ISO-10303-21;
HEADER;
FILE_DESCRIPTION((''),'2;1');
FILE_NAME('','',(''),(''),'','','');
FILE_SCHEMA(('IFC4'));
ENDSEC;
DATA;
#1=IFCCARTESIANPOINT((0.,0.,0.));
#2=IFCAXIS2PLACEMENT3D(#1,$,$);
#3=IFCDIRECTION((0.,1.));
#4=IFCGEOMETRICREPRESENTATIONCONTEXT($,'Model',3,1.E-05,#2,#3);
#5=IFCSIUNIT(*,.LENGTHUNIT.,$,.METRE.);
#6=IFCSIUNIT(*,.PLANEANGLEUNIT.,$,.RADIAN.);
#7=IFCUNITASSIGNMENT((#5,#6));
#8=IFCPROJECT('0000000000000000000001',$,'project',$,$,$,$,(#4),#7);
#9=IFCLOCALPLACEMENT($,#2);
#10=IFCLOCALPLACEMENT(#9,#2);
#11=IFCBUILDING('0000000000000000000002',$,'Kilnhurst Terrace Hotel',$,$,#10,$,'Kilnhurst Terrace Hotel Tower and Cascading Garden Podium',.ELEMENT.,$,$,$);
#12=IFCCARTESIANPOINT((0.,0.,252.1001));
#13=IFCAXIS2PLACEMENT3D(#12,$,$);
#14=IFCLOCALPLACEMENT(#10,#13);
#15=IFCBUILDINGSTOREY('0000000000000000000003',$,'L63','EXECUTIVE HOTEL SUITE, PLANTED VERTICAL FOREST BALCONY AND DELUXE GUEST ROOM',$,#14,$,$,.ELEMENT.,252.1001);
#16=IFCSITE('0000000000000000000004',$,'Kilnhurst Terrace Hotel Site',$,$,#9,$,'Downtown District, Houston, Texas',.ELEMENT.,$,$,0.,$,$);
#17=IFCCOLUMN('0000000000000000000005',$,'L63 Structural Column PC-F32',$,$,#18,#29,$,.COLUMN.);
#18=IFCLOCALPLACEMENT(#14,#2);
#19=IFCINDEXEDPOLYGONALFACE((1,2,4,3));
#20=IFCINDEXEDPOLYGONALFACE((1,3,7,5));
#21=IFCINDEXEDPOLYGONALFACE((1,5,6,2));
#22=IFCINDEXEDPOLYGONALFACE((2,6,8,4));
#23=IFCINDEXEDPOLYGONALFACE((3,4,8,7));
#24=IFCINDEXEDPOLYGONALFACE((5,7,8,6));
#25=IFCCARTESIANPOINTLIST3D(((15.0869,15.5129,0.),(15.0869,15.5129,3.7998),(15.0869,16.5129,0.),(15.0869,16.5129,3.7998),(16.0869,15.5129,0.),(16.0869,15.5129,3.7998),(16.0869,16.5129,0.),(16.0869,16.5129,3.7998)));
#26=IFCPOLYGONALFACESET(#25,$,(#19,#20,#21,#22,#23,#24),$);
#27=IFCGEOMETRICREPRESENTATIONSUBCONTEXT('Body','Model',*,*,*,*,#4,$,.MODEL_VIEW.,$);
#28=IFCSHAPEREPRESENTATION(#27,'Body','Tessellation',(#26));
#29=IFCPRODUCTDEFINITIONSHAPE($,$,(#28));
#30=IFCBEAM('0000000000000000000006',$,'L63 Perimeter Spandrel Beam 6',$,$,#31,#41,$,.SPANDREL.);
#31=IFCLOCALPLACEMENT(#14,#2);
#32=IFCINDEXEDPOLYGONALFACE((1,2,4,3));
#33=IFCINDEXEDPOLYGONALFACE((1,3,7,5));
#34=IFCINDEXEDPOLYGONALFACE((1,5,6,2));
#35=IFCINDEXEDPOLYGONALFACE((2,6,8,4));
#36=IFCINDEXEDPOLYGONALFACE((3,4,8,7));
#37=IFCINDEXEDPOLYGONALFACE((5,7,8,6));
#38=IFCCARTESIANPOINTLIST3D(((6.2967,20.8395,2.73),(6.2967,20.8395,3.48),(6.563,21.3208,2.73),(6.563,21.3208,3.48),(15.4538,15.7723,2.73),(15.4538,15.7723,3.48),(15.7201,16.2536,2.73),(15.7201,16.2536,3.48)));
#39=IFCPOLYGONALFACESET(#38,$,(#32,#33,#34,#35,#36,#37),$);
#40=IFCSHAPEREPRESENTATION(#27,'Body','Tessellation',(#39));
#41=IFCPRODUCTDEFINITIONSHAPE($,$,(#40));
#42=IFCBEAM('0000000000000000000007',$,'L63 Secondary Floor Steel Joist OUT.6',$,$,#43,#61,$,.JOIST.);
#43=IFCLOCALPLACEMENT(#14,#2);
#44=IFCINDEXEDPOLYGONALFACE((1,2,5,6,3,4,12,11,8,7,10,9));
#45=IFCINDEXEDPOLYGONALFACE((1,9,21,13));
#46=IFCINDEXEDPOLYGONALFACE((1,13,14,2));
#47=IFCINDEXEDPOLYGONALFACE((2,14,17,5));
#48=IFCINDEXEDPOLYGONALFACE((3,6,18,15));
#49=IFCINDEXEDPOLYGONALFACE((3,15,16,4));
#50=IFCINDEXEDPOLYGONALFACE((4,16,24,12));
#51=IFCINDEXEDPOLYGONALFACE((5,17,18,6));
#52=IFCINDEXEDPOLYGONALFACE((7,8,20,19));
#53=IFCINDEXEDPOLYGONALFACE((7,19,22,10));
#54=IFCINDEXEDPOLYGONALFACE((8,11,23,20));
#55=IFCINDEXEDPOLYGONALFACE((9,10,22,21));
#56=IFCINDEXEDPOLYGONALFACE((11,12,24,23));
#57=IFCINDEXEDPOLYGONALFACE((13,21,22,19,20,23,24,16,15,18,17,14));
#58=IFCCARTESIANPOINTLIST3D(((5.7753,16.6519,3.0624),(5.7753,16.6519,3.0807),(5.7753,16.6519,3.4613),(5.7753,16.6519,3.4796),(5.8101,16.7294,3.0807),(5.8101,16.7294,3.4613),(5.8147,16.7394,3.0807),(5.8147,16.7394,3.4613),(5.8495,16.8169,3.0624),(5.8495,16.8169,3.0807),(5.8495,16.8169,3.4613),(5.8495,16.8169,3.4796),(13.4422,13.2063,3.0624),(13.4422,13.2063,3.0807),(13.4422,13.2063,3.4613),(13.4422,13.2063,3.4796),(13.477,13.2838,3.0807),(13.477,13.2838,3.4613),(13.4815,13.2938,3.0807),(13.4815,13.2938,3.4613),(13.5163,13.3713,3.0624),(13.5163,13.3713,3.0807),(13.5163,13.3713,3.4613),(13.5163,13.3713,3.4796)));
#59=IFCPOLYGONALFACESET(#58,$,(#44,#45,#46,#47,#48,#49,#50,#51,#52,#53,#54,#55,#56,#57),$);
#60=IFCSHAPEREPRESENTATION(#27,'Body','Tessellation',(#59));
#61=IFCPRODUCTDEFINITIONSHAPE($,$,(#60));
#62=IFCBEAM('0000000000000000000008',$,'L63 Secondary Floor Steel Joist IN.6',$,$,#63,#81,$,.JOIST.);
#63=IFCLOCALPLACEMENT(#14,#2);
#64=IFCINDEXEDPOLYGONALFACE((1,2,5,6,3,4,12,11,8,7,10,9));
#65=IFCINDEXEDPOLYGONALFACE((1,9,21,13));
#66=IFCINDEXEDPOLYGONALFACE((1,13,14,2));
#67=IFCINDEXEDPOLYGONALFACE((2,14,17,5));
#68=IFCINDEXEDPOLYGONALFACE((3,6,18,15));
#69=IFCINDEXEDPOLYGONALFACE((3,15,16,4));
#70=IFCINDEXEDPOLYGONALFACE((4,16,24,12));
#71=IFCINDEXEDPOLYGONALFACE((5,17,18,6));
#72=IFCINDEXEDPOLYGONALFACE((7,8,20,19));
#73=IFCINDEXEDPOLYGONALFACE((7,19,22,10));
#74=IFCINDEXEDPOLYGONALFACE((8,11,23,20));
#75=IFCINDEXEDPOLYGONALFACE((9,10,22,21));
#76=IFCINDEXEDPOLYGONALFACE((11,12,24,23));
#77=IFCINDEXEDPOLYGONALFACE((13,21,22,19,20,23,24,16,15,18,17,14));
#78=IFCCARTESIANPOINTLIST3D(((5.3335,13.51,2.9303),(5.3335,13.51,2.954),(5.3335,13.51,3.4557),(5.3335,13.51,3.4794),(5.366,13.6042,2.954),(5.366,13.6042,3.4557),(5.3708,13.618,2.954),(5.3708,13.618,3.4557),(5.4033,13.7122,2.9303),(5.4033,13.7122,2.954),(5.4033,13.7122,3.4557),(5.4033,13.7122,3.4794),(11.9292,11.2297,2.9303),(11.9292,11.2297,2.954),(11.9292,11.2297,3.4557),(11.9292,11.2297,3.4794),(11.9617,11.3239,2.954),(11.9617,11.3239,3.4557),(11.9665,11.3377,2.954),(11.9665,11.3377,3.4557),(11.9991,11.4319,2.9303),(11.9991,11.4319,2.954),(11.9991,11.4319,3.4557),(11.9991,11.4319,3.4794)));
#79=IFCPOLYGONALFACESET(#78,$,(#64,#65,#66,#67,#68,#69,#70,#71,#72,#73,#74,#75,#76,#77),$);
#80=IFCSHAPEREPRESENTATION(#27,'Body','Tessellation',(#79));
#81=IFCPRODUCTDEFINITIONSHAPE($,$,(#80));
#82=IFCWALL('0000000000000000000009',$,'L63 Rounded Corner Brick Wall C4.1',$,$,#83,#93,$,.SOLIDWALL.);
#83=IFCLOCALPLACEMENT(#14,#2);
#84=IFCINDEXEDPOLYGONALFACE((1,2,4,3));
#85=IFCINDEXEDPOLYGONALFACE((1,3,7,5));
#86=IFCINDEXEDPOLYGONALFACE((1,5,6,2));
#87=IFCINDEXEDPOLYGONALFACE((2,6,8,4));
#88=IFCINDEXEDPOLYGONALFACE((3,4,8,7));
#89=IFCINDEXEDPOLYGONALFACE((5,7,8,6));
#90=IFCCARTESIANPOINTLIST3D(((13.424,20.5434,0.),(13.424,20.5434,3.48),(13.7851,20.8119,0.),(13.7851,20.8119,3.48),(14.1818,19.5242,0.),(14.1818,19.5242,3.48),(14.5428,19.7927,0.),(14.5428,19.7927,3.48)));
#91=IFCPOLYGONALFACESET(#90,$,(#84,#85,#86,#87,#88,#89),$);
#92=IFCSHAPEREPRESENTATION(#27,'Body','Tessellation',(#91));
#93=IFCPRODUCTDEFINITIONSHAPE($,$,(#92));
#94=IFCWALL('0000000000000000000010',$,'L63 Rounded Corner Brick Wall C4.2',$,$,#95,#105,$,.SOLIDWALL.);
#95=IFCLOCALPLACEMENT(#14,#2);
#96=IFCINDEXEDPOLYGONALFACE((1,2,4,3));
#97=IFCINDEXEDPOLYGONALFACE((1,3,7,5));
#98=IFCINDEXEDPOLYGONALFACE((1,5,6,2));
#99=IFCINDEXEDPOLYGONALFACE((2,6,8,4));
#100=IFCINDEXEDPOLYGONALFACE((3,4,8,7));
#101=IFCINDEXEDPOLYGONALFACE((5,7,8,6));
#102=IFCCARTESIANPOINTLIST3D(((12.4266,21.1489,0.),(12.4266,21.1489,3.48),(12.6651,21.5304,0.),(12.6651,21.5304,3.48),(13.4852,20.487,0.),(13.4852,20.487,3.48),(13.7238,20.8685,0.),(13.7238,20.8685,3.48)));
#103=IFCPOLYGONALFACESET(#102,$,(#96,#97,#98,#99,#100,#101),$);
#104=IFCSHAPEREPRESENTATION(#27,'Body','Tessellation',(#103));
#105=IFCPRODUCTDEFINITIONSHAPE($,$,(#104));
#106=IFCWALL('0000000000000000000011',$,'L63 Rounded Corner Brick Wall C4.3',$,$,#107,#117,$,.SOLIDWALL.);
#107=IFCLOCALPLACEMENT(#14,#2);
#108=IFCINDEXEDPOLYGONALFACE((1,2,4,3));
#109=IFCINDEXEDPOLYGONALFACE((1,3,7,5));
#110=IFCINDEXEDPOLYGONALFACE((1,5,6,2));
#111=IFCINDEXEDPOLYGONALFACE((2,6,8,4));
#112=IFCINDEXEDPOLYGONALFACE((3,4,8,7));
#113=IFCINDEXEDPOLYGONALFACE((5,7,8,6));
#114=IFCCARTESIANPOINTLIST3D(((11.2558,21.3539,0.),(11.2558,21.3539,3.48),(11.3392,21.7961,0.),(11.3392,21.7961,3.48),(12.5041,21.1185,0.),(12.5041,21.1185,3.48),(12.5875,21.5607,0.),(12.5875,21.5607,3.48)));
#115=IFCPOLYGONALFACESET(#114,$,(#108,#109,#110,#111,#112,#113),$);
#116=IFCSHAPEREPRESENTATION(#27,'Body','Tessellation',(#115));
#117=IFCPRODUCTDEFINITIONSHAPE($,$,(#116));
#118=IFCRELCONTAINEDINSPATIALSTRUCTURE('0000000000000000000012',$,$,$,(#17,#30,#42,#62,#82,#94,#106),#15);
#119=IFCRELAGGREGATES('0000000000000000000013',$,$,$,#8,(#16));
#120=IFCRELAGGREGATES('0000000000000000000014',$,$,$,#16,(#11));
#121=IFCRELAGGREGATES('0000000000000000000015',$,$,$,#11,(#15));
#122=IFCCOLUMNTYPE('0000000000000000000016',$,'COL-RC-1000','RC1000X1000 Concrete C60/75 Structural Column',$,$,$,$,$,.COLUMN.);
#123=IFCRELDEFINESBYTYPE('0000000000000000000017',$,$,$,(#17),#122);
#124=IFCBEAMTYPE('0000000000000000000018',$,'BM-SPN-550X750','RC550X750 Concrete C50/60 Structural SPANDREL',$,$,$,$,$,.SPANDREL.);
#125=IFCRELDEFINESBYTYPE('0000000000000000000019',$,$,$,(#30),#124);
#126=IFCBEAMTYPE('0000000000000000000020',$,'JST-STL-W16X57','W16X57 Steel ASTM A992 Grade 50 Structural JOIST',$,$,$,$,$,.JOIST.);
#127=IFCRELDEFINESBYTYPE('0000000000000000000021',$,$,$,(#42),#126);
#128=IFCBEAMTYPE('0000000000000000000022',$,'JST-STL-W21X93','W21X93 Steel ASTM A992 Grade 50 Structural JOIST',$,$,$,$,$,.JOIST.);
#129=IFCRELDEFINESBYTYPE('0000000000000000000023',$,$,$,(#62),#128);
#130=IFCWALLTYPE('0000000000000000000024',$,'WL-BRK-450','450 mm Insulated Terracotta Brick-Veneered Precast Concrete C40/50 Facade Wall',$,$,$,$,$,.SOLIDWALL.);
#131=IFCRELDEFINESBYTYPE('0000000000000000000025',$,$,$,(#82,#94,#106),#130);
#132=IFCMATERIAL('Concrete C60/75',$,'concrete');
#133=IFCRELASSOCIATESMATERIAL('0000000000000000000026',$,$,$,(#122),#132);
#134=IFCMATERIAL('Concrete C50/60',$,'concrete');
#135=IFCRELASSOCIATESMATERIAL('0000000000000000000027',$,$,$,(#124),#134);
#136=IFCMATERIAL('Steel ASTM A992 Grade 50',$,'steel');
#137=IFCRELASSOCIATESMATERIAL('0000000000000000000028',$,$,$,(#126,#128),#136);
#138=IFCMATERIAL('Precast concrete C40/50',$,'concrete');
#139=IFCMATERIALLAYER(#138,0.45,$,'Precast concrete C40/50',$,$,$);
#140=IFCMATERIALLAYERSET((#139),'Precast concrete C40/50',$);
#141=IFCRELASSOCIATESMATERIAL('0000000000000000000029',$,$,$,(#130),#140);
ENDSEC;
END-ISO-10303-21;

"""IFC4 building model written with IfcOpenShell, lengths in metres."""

from ifc_helpers import new_model, si_unit, direction, frame, frame_2d, origin, origin_2d, place, context, subcontext, project, spatial, rectangle, i_section, extrude, material, layer, layer_set, material_profile, profile_set, type_object, element, save


model = new_model("IFC4")

# Units and contexts
model_context = context("Model", 3, precision=1e-05, world=origin(), true_north=direction((0.0, 1.0)))
body_context = subcontext(model_context, "Body", "Model", "MODEL_VIEW")
ifc_project = project(units=[si_unit("LENGTHUNIT", "METRE"), si_unit("PLANEANGLEUNIT", "RADIAN")], contexts=[model_context])

# Site, building, storey
site_placement = place(None, origin())
site = spatial("IfcSite", under=ifc_project, at=site_placement, Name="Kilnhurst Terrace Hotel Site", LongName="Downtown District, Houston, Texas", CompositionType="ELEMENT", RefElevation=0.0)
building_placement = place(site_placement, origin())
building = spatial("IfcBuilding", under=site, at=building_placement, Name="Kilnhurst Terrace Hotel", LongName="Kilnhurst Terrace Hotel Tower and Cascading Garden Podium", CompositionType="ELEMENT")
storey_placement = place(building_placement, frame((0.0, 0.0, 252.1001)))
storey = spatial("IfcBuildingStorey", under=building, at=storey_placement, Name="L63", Description="EXECUTIVE HOTEL SUITE, PLANTED VERTICAL FOREST BALCONY AND DELUXE GUEST ROOM", CompositionType="ELEMENT", Elevation=252.1001)

# Column
ifc_material_1 = material(Name="Concrete C60/75", Category="concrete")
ifc_material_profile_1 = material_profile(ifc_material_1, rectangle(XDim=1.0, YDim=1.0, at=origin_2d()), Name="RC1000X1000")
ifc_profile_set_1 = profile_set([ifc_material_profile_1], Name="Concrete C60/75")
column_type = type_object("IfcColumnType", Name="COL-RC-1000", Description="RC1000X1000 Concrete C60/75 Structural Column", PredefinedType="COLUMN", material=ifc_profile_set_1)
column_placement = place(storey_placement, frame((15.5869, 16.0129, 0.0), z_axis=(0.0, 0.0, 1.0), x_axis=(1.0, 0.0, 0.0)))
element("IfcColumn", 1, at=column_placement, inside=storey, type_object=column_type, Name="L63 Structural Column PC-F32", PredefinedType="COLUMN", context=body_context, shape_type="SweptSolid", body=[
    extrude(rectangle(XDim=1.0, YDim=1.0, at=origin_2d()), origin(), (0.0, 0.0, 1.0), 3.7998),
])

# Beams
ifc_material_2 = material(Name="Concrete C50/60", Category="concrete")
ifc_material_profile_2 = material_profile(ifc_material_2, rectangle(XDim=0.55, YDim=0.75, at=origin_2d()), Name="RC550X750")
ifc_profile_set_2 = profile_set([ifc_material_profile_2], Name="Concrete C50/60")
beam_type_1 = type_object("IfcBeamType", Name="BM-SPN-550X750", Description="RC550X750 Concrete C50/60 Structural SPANDREL", PredefinedType="SPANDREL", material=ifc_profile_set_2)
beam_1_placement = place(storey_placement, frame((15.5869, 16.0129, 3.105), z_axis=(-0.87497, 0.484177, 0.0), x_axis=(-0.484177, -0.87497, 0.0)))
element("IfcBeam", 2, at=beam_1_placement, inside=storey, type_object=beam_type_1, Name="L63 Perimeter Spandrel Beam 6", PredefinedType="SPANDREL", context=body_context, shape_type="SweptSolid", body=[
    extrude(rectangle(XDim=0.55, YDim=0.75, at=origin_2d()), origin(), (0.0, 0.0, 1.0), 10.4656),
])
ifc_material_3 = material(Name="Steel ASTM A992 Grade 50", Category="steel")
ifc_material_profile_3 = material_profile(ifc_material_3, i_section(OverallWidth=0.1809, OverallDepth=0.4172, WebThickness=0.011, FlangeThickness=0.0183, at=origin_2d()), Name="W16X57")
ifc_profile_set_3 = profile_set([ifc_material_profile_3], Name="Steel ASTM A992 Grade 50")
beam_type_2 = type_object("IfcBeamType", Name="JST-STL-W16X57", Description="W16X57 Steel ASTM A992 Grade 50 Structural JOIST", PredefinedType="JOIST", material=ifc_profile_set_3)
beam_2_placement = place(storey_placement, frame((13.4792, 13.2888, 3.271), z_axis=(-0.912121, 0.409921, 0.0), x_axis=(-0.409921, -0.912121, 0.0)))
element("IfcBeam", 3, at=beam_2_placement, inside=storey, type_object=beam_type_2, Name="L63 Secondary Floor Steel Joist OUT.6", PredefinedType="JOIST", context=body_context, shape_type="SweptSolid", body=[
    extrude(i_section(OverallWidth=0.1809, OverallDepth=0.4172, WebThickness=0.011, FlangeThickness=0.0183, at=origin_2d()), origin(), (0.0, 0.0, 1.0), 8.4055),
])
ifc_material_profile_4 = material_profile(ifc_material_3, i_section(OverallWidth=0.2139, OverallDepth=0.5491, WebThickness=0.0146, FlangeThickness=0.0237, at=origin_2d()), Name="W21X93")
ifc_profile_set_4 = profile_set([ifc_material_profile_4], Name="Steel ASTM A992 Grade 50")
beam_type_3 = type_object("IfcBeamType", Name="JST-STL-W21X93", Description="W21X93 Steel ASTM A992 Grade 50 Structural JOIST", PredefinedType="JOIST", material=ifc_profile_set_4)
beam_3_placement = place(storey_placement, frame((11.9641, 11.3308, 3.2048), z_axis=(-0.945112, 0.326745, 0.0), x_axis=(-0.326745, -0.945112, 0.0)))
element("IfcBeam", 4, at=beam_3_placement, inside=storey, type_object=beam_type_3, Name="L63 Secondary Floor Steel Joist IN.6", PredefinedType="JOIST", context=body_context, shape_type="SweptSolid", body=[
    extrude(i_section(OverallWidth=0.2139, OverallDepth=0.5491, WebThickness=0.0146, FlangeThickness=0.0237, at=origin_2d()), origin(), (0.0, 0.0, 1.0), 6.9788),
])

# Walls
ifc_material_4 = material(Name="Precast concrete C40/50", Category="concrete")
ifc_layer_1 = layer(ifc_material_4, 0.45, Name="Precast concrete C40/50")
ifc_layer_set_1 = layer_set([ifc_layer_1], Name="Precast concrete C40/50")
wall_type_1 = type_object("IfcWallType", Name="WL-BRK-450", Description="450 mm Insulated Terracotta Brick-Veneered Precast Concrete C40/50 Facade Wall", PredefinedType="SOLIDWALL", material=ifc_layer_set_1)
wall_1_placement = place(storey_placement, frame((14.3623, 19.6584, 0.0), z_axis=(0.0, 0.0, 1.0), x_axis=(-0.596642, 0.802507, 0.0)))
element("IfcWall", 5, at=wall_1_placement, inside=storey, type_object=wall_type_1, Name="L63 Rounded Corner Brick Wall C4.1", PredefinedType="SOLIDWALL", context=body_context, shape_type="SweptSolid", body=[
    extrude(rectangle(XDim=1.27, YDim=0.45, at=frame_2d((0.635, 0.0))), origin(), (0.0, 0.0, 1.0), 3.48),
])
wall_2_placement = place(storey_placement, frame((13.6045, 20.6777, 0.0), z_axis=(0.0, 0.0, 1.0), x_axis=(-0.84791, 0.53014, 0.0)))
element("IfcWall", 6, at=wall_2_placement, inside=storey, type_object=wall_type_1, Name="L63 Rounded Corner Brick Wall C4.2", PredefinedType="SOLIDWALL", context=body_context, shape_type="SweptSolid", body=[
    extrude(rectangle(XDim=1.2485, YDim=0.45, at=frame_2d((0.6243, 0.0))), origin(), (0.0, 0.0, 1.0), 3.48),
])
wall_3_placement = place(storey_placement, frame((12.5459, 21.3396, 0.0), z_axis=(0.0, 0.0, 1.0), x_axis=(-0.982687, 0.185275, 0.0)))
element("IfcWall", 7, at=wall_3_placement, inside=storey, type_object=wall_type_1, Name="L63 Rounded Corner Brick Wall C4.3", PredefinedType="SOLIDWALL", context=body_context, shape_type="SweptSolid", body=[
    extrude(rectangle(XDim=1.2703, YDim=0.45, at=frame_2d((0.6353, 0.0))), origin(), (0.0, 0.0, 1.0), 3.48),
])

save(model, "model.ifc")
